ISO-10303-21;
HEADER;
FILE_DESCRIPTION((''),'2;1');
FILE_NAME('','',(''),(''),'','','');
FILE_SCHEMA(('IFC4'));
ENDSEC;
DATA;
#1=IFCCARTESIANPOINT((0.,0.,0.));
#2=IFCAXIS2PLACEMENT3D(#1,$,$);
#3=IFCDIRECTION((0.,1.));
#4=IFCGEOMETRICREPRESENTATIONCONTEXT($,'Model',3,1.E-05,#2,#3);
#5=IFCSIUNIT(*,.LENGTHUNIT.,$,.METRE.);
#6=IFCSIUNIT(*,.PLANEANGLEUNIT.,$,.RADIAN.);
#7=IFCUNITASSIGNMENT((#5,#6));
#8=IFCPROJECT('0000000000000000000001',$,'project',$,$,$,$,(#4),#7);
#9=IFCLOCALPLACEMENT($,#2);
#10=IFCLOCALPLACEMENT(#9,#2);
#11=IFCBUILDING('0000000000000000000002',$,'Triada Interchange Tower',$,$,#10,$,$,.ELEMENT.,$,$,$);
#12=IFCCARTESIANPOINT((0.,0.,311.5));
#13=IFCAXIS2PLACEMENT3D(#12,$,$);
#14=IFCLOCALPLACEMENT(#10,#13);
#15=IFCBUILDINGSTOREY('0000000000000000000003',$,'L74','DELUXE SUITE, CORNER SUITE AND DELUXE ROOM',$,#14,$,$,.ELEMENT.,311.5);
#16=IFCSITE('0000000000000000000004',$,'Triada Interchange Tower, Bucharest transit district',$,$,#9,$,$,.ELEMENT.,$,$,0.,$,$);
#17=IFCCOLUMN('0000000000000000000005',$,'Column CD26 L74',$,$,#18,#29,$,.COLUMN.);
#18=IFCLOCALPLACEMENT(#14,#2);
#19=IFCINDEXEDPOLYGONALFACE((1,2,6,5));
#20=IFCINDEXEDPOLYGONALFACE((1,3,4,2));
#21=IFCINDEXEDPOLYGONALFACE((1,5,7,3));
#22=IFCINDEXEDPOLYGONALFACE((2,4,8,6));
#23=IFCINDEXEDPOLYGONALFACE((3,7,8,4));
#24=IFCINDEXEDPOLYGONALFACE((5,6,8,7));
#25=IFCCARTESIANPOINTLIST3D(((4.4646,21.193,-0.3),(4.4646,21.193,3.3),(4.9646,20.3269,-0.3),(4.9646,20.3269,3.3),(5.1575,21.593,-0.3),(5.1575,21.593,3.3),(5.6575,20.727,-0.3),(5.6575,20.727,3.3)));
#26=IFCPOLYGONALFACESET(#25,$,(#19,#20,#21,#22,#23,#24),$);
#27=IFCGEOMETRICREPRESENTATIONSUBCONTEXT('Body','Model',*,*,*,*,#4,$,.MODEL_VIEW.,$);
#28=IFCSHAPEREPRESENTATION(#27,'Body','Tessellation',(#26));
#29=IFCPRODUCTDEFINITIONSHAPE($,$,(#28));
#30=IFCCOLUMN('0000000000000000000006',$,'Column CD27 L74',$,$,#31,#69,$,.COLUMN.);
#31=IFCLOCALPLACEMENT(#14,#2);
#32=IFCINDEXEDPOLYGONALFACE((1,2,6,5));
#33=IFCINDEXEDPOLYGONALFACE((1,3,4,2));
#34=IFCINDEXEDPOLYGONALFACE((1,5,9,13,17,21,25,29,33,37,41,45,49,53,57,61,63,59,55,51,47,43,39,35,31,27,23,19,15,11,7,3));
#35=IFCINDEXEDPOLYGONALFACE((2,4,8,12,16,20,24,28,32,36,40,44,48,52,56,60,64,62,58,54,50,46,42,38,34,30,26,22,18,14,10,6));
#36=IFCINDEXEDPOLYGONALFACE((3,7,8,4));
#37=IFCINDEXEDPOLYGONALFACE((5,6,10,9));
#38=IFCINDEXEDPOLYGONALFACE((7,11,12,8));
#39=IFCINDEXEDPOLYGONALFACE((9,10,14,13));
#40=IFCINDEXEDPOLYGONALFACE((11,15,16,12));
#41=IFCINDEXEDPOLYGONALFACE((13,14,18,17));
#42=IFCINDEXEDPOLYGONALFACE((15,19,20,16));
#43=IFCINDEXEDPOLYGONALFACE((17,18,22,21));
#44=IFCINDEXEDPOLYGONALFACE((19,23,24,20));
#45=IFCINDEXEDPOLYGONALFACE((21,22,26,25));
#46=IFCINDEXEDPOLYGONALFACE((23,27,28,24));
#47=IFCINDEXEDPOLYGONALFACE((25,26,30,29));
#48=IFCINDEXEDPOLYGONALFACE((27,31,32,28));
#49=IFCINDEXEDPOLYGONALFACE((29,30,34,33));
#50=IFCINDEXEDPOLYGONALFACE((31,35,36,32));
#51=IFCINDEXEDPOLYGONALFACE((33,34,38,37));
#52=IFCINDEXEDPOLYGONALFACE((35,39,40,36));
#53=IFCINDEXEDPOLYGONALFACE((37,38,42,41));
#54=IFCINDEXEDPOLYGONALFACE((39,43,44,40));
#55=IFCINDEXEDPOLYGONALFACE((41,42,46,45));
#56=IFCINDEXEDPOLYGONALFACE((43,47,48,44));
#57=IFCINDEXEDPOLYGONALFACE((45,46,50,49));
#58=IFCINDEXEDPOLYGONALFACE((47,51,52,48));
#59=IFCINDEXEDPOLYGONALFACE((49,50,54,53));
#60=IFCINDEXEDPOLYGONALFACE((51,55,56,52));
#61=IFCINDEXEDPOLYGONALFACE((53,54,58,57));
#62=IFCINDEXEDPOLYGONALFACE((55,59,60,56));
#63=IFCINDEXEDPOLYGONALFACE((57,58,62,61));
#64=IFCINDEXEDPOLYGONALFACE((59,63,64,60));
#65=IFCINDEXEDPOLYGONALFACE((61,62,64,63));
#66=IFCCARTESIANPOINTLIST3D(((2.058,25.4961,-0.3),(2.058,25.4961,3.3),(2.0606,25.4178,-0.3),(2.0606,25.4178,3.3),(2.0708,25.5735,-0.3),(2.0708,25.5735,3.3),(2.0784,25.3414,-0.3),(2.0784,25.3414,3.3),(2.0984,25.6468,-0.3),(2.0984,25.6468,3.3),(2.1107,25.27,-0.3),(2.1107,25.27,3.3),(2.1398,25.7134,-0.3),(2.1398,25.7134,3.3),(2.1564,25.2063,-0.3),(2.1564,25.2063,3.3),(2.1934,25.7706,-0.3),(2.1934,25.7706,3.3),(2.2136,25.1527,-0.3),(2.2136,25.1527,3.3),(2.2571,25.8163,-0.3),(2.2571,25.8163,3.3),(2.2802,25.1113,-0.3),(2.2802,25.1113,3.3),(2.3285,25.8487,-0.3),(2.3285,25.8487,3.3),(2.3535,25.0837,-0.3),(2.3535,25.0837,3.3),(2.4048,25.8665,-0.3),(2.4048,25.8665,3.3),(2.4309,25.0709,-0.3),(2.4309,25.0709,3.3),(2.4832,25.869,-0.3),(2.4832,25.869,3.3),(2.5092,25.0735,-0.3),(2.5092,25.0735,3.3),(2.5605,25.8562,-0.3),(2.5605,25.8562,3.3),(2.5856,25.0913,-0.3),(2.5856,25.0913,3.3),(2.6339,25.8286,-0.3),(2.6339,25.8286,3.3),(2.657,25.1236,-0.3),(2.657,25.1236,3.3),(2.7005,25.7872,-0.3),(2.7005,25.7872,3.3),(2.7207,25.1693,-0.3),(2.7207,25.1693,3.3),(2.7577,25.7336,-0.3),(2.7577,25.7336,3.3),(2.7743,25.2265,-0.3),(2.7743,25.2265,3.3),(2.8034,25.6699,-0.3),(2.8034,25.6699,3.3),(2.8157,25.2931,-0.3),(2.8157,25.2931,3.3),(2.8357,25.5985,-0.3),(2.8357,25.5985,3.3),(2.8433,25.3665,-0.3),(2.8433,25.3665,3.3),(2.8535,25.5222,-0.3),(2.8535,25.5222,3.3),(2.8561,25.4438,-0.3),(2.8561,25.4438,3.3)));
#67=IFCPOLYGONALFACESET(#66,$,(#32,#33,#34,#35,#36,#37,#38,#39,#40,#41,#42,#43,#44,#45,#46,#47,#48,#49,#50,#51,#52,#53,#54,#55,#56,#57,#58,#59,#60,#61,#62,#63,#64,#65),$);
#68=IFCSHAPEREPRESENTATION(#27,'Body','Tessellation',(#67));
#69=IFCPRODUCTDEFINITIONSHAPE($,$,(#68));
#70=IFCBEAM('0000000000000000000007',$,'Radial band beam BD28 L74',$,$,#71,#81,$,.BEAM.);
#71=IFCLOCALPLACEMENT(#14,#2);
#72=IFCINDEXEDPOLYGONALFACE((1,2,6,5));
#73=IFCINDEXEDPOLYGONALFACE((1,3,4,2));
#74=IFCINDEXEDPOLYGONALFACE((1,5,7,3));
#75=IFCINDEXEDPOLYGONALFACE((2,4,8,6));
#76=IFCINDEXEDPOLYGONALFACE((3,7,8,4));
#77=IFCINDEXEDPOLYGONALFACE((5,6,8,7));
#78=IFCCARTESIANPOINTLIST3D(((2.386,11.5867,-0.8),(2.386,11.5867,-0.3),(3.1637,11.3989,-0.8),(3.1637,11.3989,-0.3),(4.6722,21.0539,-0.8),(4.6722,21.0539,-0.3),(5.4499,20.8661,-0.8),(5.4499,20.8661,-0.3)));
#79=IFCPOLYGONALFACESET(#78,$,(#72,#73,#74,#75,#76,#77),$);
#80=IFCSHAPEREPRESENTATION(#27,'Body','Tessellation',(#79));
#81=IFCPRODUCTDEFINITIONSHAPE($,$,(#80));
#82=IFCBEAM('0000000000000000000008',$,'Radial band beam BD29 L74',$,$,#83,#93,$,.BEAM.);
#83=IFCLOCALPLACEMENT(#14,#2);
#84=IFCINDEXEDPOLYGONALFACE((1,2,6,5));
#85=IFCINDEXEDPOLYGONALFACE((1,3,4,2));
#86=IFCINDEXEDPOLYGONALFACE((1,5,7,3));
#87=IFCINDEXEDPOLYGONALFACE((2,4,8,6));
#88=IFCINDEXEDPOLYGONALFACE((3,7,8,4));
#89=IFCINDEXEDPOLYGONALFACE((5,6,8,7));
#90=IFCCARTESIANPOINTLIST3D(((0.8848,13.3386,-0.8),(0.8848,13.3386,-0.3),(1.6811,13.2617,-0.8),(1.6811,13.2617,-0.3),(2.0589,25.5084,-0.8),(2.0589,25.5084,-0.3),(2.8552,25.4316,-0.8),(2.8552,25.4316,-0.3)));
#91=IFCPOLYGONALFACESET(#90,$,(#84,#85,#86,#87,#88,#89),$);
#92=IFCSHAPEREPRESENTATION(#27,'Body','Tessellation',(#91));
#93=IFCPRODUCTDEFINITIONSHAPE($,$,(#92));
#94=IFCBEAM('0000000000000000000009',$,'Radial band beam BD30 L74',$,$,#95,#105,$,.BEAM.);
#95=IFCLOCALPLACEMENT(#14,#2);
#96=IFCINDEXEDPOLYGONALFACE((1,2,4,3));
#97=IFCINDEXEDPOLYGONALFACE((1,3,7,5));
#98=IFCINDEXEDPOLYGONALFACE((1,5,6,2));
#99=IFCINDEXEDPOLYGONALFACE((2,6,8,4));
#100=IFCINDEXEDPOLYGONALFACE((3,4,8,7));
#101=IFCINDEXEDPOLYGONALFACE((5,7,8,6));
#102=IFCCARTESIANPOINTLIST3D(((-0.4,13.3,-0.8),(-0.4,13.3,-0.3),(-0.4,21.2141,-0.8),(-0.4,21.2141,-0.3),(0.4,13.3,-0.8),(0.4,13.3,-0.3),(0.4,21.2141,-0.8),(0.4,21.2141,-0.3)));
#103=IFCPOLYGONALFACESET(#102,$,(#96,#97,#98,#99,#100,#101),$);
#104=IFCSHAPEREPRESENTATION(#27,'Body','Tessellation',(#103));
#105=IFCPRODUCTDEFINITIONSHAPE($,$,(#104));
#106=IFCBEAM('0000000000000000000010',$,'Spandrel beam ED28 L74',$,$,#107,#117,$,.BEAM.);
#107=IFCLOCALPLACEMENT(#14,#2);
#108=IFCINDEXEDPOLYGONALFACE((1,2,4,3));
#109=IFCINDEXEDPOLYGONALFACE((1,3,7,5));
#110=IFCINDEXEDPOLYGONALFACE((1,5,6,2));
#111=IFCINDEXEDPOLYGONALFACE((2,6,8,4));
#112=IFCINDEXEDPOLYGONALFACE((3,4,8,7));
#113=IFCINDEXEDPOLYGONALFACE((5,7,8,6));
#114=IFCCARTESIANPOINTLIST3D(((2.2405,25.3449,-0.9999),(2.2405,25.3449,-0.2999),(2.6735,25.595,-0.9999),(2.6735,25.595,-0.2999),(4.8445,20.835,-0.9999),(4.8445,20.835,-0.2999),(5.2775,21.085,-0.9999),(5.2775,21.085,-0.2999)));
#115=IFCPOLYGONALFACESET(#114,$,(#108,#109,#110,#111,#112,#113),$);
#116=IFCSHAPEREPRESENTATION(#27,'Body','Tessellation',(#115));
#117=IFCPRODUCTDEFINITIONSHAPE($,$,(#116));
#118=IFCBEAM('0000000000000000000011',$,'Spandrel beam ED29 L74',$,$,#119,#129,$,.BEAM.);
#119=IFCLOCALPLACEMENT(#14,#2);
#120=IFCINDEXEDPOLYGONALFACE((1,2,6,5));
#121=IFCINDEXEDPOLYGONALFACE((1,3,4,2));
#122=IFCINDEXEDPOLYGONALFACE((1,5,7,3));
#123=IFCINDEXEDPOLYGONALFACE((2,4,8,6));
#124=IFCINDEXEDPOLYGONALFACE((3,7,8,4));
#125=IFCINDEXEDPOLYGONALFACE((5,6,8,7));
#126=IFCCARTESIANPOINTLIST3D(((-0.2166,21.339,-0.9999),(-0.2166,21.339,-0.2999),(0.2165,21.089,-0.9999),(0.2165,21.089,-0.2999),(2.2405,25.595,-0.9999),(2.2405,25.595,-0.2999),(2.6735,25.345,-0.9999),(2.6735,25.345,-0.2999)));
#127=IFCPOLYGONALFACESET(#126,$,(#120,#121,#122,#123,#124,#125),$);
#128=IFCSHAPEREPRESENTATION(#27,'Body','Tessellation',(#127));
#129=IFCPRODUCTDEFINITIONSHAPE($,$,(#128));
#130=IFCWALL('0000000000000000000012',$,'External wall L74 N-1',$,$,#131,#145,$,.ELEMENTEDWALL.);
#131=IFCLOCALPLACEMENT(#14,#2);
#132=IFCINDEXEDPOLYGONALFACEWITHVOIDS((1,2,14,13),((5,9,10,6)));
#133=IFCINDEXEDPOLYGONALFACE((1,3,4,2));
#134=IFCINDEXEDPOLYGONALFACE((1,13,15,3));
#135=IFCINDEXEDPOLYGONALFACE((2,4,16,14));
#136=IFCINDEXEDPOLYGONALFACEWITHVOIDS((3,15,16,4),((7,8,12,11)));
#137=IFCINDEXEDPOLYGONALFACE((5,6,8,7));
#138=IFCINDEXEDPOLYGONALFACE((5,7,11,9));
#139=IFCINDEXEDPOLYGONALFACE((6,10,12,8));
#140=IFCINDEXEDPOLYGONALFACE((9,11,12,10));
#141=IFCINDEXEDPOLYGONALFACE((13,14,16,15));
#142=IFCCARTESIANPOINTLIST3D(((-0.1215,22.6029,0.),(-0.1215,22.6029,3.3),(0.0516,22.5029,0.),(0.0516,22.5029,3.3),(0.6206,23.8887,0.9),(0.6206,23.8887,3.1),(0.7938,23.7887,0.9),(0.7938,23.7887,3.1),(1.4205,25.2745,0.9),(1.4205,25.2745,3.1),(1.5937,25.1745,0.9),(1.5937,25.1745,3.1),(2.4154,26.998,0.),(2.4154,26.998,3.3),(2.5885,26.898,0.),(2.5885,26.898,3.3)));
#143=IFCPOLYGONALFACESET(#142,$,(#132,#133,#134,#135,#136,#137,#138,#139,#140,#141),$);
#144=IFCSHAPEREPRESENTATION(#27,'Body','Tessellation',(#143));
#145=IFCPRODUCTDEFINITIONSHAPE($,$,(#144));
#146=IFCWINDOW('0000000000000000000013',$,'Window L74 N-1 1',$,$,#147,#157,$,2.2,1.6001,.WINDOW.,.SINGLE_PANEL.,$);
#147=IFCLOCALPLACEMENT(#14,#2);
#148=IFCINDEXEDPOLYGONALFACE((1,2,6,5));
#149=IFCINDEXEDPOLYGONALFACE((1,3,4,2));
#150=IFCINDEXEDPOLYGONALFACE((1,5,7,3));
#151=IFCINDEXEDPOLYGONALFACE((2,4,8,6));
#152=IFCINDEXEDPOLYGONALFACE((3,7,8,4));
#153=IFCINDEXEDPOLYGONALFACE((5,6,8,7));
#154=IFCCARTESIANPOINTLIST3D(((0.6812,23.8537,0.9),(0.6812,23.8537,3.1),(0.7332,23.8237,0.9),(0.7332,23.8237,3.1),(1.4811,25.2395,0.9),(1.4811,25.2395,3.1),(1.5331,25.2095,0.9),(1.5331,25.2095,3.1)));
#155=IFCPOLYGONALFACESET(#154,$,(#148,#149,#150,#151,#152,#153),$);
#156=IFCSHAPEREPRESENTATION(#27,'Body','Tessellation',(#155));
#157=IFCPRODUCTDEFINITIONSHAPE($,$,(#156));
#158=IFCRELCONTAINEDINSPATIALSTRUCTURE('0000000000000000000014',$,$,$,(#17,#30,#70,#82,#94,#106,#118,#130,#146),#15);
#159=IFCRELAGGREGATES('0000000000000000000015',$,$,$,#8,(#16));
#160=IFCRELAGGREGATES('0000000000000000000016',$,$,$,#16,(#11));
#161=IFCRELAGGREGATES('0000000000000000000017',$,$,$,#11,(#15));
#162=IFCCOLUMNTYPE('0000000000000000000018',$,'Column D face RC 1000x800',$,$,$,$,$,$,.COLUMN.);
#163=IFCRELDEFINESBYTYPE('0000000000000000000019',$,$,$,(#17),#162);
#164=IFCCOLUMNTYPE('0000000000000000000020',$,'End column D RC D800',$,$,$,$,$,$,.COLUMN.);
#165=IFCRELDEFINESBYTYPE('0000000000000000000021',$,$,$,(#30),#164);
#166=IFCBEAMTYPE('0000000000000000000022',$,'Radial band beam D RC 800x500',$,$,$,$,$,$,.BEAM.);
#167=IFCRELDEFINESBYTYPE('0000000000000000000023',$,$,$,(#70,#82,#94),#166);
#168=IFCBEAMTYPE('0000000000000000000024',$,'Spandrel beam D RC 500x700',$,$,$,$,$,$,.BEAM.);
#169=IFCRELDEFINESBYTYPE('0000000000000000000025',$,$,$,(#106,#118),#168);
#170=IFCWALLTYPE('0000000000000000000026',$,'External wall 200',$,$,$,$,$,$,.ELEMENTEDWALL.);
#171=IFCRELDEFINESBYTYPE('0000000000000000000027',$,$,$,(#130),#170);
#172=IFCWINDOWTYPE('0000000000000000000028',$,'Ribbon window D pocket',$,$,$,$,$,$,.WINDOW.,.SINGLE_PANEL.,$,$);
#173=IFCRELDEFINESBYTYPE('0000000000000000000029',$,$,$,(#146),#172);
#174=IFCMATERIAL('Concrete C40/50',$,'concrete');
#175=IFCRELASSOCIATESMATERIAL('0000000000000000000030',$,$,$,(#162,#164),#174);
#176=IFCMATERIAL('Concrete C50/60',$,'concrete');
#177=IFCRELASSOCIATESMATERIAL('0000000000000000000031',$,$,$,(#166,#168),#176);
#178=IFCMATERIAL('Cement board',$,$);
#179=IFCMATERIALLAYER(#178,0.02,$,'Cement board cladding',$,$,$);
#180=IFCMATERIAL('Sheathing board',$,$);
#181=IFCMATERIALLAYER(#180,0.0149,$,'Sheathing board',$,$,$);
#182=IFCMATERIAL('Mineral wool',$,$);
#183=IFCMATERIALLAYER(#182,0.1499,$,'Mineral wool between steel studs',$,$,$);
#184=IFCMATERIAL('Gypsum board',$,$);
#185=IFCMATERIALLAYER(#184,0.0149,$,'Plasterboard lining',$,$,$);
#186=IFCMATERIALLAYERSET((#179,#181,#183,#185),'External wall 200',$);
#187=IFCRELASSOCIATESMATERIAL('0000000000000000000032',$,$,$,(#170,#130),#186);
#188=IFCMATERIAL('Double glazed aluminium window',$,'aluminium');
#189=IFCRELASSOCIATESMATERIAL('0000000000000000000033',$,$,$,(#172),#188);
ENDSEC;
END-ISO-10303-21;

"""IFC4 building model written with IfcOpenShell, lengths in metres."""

from ifc_helpers import new_model, si_unit, direction, frame, frame_2d, origin, origin_2d, place, context, subcontext, project, spatial, rectangle, circle, extrude, material, layer, layer_set, layer_usage, material_profile, profile_set, type_object, element, fill, save


model = new_model("IFC4")

# Units and contexts
model_context = context("Model", 3, precision=1e-05, world=origin(), true_north=direction((0.0, 1.0)))
body_context = subcontext(model_context, "Body", "Model", "MODEL_VIEW")
ifc_project = project(units=[si_unit("LENGTHUNIT", "METRE"), si_unit("PLANEANGLEUNIT", "RADIAN")], contexts=[model_context])

# Site, building, storey
site_placement = place(None, origin())
site = spatial("IfcSite", under=ifc_project, at=site_placement, Name="Triada Interchange Tower, Bucharest transit district", CompositionType="ELEMENT", RefElevation=0.0)
building_placement = place(site_placement, origin())
building = spatial("IfcBuilding", under=site, at=building_placement, Name="Triada Interchange Tower", CompositionType="ELEMENT")
storey_placement = place(building_placement, frame((0.0, 0.0, 311.5)))
storey = spatial("IfcBuildingStorey", under=building, at=storey_placement, Name="L74", Description="DELUXE SUITE, CORNER SUITE AND DELUXE ROOM", CompositionType="ELEMENT", Elevation=311.5)

# Columns
ifc_material_1 = material(Name="Concrete C40/50", Category="concrete")
ifc_material_profile_1 = material_profile(ifc_material_1, rectangle(XDim=1.0, YDim=0.8, at=origin_2d()), Name="RC 1000x800")
ifc_profile_set_1 = profile_set([ifc_material_profile_1], Name="Concrete C40/50")
column_type_1 = type_object("IfcColumnType", Name="Column D face RC 1000x800", PredefinedType="COLUMN", material=ifc_profile_set_1)
column_1_placement = place(storey_placement, frame((5.061, 20.96, -0.3), z_axis=(0.0, 0.0, 1.0), x_axis=(-0.5, 0.866025, 0.0)))
element("IfcColumn", 1, at=column_1_placement, inside=storey, type_object=column_type_1, Name="Column CD26 L74", PredefinedType="COLUMN", context=body_context, shape_type="SweptSolid", body=[
    extrude(rectangle(XDim=1.0, YDim=0.8, at=origin_2d()), origin(), (0.0, 0.0, 1.0), 3.6001),
])
ifc_material_profile_2 = material_profile(ifc_material_1, circle(Radius=0.3999, at=origin_2d()), Name="RC D800")
ifc_profile_set_2 = profile_set([ifc_material_profile_2], Name="Concrete C40/50")
column_type_2 = type_object("IfcColumnType", Name="End column D RC D800", PredefinedType="COLUMN", material=ifc_profile_set_2)
column_2_placement = place(storey_placement, frame((2.457, 25.47, -0.3), z_axis=(0.0, 0.0, 1.0), x_axis=(-0.5, 0.866025, 0.0)))
element("IfcColumn", 2, at=column_2_placement, inside=storey, type_object=column_type_2, Name="Column CD27 L74", PredefinedType="COLUMN", context=body_context, shape_type="SweptSolid", body=[
    extrude(circle(Radius=0.3999, at=origin_2d()), origin(), (0.0, 0.0, 1.0), 3.6001),
])

# Beams
ifc_material_2 = material(Name="Concrete C50/60", Category="concrete")
ifc_material_profile_3 = material_profile(ifc_material_2, rectangle(XDim=0.8, YDim=0.5, at=origin_2d()), Name="RC 800x500")
ifc_profile_set_3 = profile_set([ifc_material_profile_3], Name="Concrete C50/60")
beam_type_1 = type_object("IfcBeamType", Name="Radial band beam D RC 800x500", PredefinedType="BEAM", material=ifc_profile_set_3)
beam_1_placement = place(storey_placement, frame((5.061, 20.96, -0.55), z_axis=(-0.234736, -0.972059, 0.0), x_axis=(0.972059, -0.234736, 0.0)))
element("IfcBeam", 3, at=beam_1_placement, inside=storey, type_object=beam_type_1, Name="Radial band beam BD28 L74", PredefinedType="BEAM", context=body_context, shape_type="SweptSolid", body=[
    extrude(rectangle(XDim=0.8, YDim=0.5, at=origin_2d()), origin(), (0.0, 0.0, 1.0), 9.7393),
])
beam_2_placement = place(storey_placement, frame((2.457, 25.47, -0.55), z_axis=(-0.096027, -0.995379, 0.0), x_axis=(0.995379, -0.096027, 0.0)))
element("IfcBeam", 4, at=beam_2_placement, inside=storey, type_object=beam_type_1, Name="Radial band beam BD29 L74", PredefinedType="BEAM", context=body_context, shape_type="SweptSolid", body=[
    extrude(rectangle(XDim=0.8, YDim=0.5, at=origin_2d()), origin(), (0.0, 0.0, 1.0), 12.2263),
])
beam_3_placement = place(storey_placement, frame((0.0, 21.2141, -0.55), z_axis=(0.0, -1.0, 0.0), x_axis=(1.0, 0.0, 0.0)))
element("IfcBeam", 5, at=beam_3_placement, inside=storey, type_object=beam_type_1, Name="Radial band beam BD30 L74", PredefinedType="BEAM", context=body_context, shape_type="SweptSolid", body=[
    extrude(rectangle(XDim=0.8, YDim=0.5, at=origin_2d()), origin(), (0.0, 0.0, 1.0), 7.9141),
])
ifc_material_profile_4 = material_profile(ifc_material_2, rectangle(XDim=0.5, YDim=0.7, at=origin_2d()), Name="RC 500x700")
ifc_profile_set_4 = profile_set([ifc_material_profile_4], Name="Concrete C50/60")
beam_type_2 = type_object("IfcBeamType", Name="Spandrel beam D RC 500x700", PredefinedType="BEAM", material=ifc_profile_set_4)
beam_4_placement = place(storey_placement, frame((5.061, 20.96, -0.6499), z_axis=(-0.500021, 0.866013, 0.0), x_axis=(-0.866013, -0.500021, 0.0)))
element("IfcBeam", 6, at=beam_4_placement, inside=storey, type_object=beam_type_2, Name="Spandrel beam ED28 L74", PredefinedType="BEAM", context=body_context, shape_type="SweptSolid", body=[
    extrude(rectangle(XDim=0.5, YDim=0.7, at=origin_2d()), origin(), (0.0, 0.0, 1.0), 5.2078),
])
beam_5_placement = place(storey_placement, frame((2.457, 25.47, -0.6499), z_axis=(-0.499986, -0.866033, 0.0), x_axis=(0.866033, -0.499986, 0.0)))
element("IfcBeam", 7, at=beam_5_placement, inside=storey, type_object=beam_type_2, Name="Spandrel beam ED29 L74", PredefinedType="BEAM", context=body_context, shape_type="SweptSolid", body=[
    extrude(rectangle(XDim=0.5, YDim=0.7, at=origin_2d()), origin(), (0.0, 0.0, 1.0), 4.9143),
])

# Wall, opening, window
ifc_material_3 = material(Name="Cement board")
ifc_layer_1 = layer(ifc_material_3, 0.02, Name="Cement board cladding")
ifc_material_4 = material(Name="Sheathing board")
ifc_layer_2 = layer(ifc_material_4, 0.0149, Name="Sheathing board")
ifc_material_5 = material(Name="Mineral wool")
ifc_layer_3 = layer(ifc_material_5, 0.1499, Name="Mineral wool between steel studs")
ifc_material_6 = material(Name="Gypsum board")
ifc_layer_4 = layer(ifc_material_6, 0.0149, Name="Plasterboard lining")
ifc_layer_set_1 = layer_set([ifc_layer_1, ifc_layer_2, ifc_layer_3, ifc_layer_4], Name="External wall 200")
ifc_layer_usage = layer_usage(ifc_layer_set_1, "AXIS2", "POSITIVE", -0.1001)
wall_type_1 = type_object("IfcWallType", Name="External wall 200", PredefinedType="ELEMENTEDWALL", material=ifc_layer_set_1)
wall_1_placement = place(storey_placement, frame((2.502, 26.948, 0.0), z_axis=(0.0, 0.0, 1.0), x_axis=(-0.499911, -0.866077, 0.0)))
wall_1 = element("IfcWall", 8, at=wall_1_placement, inside=storey, type_object=wall_type_1, material=ifc_layer_usage, Name="External wall L74 N-1", PredefinedType="ELEMENTEDWALL", context=body_context, shape_type="SweptSolid", body=[
    extrude(rectangle(XDim=5.0747, YDim=0.2, at=frame_2d((2.5374, 0.0))), origin(), (0.0, 0.0, 1.0), 3.3),
])
opening_1_placement = place(wall_1_placement, frame((1.99, 0.0, 0.8999)))
opening_1 = element("IfcOpeningElement", 9, at=opening_1_placement, cuts=wall_1, PredefinedType="OPENING", context=body_context, shape_type="SweptSolid", body=[
    extrude(rectangle(XDim=1.6001, YDim=2.2, at=frame_2d((0.8, 1.1001))), frame((0.0, 0.1099, 0.0), z_axis=(0.0, -1.0, 0.0), x_axis=(1.0, 0.0, 0.0)), (0.0, 0.0, 1.0), 0.22),
])
ifc_material_7 = material(Name="Double glazed aluminium window", Category="aluminium")
window_type = type_object("IfcWindowType", Name="Ribbon window D pocket", PartitioningType="SINGLE_PANEL", PredefinedType="WINDOW", material=ifc_material_7)
window_1_placement = place(opening_1_placement, origin())
window_1 = element("IfcWindow", 10, at=window_1_placement, inside=storey, type_object=window_type, Name="Window L74 N-1 1", OverallHeight=2.2, OverallWidth=1.6001, PartitioningType="SINGLE_PANEL", PredefinedType="WINDOW", context=body_context, shape_type="SweptSolid", body=[
    extrude(rectangle(XDim=1.6001, YDim=2.2, at=frame_2d((0.8, 1.1001))), frame((0.0, 0.03, 0.0), z_axis=(0.0, -1.0, 0.0), x_axis=(1.0, 0.0, 0.0)), (0.0, 0.0, 1.0), 0.0601),
])
fill(opening_1, window_1)

save(model, "model.ifc")
